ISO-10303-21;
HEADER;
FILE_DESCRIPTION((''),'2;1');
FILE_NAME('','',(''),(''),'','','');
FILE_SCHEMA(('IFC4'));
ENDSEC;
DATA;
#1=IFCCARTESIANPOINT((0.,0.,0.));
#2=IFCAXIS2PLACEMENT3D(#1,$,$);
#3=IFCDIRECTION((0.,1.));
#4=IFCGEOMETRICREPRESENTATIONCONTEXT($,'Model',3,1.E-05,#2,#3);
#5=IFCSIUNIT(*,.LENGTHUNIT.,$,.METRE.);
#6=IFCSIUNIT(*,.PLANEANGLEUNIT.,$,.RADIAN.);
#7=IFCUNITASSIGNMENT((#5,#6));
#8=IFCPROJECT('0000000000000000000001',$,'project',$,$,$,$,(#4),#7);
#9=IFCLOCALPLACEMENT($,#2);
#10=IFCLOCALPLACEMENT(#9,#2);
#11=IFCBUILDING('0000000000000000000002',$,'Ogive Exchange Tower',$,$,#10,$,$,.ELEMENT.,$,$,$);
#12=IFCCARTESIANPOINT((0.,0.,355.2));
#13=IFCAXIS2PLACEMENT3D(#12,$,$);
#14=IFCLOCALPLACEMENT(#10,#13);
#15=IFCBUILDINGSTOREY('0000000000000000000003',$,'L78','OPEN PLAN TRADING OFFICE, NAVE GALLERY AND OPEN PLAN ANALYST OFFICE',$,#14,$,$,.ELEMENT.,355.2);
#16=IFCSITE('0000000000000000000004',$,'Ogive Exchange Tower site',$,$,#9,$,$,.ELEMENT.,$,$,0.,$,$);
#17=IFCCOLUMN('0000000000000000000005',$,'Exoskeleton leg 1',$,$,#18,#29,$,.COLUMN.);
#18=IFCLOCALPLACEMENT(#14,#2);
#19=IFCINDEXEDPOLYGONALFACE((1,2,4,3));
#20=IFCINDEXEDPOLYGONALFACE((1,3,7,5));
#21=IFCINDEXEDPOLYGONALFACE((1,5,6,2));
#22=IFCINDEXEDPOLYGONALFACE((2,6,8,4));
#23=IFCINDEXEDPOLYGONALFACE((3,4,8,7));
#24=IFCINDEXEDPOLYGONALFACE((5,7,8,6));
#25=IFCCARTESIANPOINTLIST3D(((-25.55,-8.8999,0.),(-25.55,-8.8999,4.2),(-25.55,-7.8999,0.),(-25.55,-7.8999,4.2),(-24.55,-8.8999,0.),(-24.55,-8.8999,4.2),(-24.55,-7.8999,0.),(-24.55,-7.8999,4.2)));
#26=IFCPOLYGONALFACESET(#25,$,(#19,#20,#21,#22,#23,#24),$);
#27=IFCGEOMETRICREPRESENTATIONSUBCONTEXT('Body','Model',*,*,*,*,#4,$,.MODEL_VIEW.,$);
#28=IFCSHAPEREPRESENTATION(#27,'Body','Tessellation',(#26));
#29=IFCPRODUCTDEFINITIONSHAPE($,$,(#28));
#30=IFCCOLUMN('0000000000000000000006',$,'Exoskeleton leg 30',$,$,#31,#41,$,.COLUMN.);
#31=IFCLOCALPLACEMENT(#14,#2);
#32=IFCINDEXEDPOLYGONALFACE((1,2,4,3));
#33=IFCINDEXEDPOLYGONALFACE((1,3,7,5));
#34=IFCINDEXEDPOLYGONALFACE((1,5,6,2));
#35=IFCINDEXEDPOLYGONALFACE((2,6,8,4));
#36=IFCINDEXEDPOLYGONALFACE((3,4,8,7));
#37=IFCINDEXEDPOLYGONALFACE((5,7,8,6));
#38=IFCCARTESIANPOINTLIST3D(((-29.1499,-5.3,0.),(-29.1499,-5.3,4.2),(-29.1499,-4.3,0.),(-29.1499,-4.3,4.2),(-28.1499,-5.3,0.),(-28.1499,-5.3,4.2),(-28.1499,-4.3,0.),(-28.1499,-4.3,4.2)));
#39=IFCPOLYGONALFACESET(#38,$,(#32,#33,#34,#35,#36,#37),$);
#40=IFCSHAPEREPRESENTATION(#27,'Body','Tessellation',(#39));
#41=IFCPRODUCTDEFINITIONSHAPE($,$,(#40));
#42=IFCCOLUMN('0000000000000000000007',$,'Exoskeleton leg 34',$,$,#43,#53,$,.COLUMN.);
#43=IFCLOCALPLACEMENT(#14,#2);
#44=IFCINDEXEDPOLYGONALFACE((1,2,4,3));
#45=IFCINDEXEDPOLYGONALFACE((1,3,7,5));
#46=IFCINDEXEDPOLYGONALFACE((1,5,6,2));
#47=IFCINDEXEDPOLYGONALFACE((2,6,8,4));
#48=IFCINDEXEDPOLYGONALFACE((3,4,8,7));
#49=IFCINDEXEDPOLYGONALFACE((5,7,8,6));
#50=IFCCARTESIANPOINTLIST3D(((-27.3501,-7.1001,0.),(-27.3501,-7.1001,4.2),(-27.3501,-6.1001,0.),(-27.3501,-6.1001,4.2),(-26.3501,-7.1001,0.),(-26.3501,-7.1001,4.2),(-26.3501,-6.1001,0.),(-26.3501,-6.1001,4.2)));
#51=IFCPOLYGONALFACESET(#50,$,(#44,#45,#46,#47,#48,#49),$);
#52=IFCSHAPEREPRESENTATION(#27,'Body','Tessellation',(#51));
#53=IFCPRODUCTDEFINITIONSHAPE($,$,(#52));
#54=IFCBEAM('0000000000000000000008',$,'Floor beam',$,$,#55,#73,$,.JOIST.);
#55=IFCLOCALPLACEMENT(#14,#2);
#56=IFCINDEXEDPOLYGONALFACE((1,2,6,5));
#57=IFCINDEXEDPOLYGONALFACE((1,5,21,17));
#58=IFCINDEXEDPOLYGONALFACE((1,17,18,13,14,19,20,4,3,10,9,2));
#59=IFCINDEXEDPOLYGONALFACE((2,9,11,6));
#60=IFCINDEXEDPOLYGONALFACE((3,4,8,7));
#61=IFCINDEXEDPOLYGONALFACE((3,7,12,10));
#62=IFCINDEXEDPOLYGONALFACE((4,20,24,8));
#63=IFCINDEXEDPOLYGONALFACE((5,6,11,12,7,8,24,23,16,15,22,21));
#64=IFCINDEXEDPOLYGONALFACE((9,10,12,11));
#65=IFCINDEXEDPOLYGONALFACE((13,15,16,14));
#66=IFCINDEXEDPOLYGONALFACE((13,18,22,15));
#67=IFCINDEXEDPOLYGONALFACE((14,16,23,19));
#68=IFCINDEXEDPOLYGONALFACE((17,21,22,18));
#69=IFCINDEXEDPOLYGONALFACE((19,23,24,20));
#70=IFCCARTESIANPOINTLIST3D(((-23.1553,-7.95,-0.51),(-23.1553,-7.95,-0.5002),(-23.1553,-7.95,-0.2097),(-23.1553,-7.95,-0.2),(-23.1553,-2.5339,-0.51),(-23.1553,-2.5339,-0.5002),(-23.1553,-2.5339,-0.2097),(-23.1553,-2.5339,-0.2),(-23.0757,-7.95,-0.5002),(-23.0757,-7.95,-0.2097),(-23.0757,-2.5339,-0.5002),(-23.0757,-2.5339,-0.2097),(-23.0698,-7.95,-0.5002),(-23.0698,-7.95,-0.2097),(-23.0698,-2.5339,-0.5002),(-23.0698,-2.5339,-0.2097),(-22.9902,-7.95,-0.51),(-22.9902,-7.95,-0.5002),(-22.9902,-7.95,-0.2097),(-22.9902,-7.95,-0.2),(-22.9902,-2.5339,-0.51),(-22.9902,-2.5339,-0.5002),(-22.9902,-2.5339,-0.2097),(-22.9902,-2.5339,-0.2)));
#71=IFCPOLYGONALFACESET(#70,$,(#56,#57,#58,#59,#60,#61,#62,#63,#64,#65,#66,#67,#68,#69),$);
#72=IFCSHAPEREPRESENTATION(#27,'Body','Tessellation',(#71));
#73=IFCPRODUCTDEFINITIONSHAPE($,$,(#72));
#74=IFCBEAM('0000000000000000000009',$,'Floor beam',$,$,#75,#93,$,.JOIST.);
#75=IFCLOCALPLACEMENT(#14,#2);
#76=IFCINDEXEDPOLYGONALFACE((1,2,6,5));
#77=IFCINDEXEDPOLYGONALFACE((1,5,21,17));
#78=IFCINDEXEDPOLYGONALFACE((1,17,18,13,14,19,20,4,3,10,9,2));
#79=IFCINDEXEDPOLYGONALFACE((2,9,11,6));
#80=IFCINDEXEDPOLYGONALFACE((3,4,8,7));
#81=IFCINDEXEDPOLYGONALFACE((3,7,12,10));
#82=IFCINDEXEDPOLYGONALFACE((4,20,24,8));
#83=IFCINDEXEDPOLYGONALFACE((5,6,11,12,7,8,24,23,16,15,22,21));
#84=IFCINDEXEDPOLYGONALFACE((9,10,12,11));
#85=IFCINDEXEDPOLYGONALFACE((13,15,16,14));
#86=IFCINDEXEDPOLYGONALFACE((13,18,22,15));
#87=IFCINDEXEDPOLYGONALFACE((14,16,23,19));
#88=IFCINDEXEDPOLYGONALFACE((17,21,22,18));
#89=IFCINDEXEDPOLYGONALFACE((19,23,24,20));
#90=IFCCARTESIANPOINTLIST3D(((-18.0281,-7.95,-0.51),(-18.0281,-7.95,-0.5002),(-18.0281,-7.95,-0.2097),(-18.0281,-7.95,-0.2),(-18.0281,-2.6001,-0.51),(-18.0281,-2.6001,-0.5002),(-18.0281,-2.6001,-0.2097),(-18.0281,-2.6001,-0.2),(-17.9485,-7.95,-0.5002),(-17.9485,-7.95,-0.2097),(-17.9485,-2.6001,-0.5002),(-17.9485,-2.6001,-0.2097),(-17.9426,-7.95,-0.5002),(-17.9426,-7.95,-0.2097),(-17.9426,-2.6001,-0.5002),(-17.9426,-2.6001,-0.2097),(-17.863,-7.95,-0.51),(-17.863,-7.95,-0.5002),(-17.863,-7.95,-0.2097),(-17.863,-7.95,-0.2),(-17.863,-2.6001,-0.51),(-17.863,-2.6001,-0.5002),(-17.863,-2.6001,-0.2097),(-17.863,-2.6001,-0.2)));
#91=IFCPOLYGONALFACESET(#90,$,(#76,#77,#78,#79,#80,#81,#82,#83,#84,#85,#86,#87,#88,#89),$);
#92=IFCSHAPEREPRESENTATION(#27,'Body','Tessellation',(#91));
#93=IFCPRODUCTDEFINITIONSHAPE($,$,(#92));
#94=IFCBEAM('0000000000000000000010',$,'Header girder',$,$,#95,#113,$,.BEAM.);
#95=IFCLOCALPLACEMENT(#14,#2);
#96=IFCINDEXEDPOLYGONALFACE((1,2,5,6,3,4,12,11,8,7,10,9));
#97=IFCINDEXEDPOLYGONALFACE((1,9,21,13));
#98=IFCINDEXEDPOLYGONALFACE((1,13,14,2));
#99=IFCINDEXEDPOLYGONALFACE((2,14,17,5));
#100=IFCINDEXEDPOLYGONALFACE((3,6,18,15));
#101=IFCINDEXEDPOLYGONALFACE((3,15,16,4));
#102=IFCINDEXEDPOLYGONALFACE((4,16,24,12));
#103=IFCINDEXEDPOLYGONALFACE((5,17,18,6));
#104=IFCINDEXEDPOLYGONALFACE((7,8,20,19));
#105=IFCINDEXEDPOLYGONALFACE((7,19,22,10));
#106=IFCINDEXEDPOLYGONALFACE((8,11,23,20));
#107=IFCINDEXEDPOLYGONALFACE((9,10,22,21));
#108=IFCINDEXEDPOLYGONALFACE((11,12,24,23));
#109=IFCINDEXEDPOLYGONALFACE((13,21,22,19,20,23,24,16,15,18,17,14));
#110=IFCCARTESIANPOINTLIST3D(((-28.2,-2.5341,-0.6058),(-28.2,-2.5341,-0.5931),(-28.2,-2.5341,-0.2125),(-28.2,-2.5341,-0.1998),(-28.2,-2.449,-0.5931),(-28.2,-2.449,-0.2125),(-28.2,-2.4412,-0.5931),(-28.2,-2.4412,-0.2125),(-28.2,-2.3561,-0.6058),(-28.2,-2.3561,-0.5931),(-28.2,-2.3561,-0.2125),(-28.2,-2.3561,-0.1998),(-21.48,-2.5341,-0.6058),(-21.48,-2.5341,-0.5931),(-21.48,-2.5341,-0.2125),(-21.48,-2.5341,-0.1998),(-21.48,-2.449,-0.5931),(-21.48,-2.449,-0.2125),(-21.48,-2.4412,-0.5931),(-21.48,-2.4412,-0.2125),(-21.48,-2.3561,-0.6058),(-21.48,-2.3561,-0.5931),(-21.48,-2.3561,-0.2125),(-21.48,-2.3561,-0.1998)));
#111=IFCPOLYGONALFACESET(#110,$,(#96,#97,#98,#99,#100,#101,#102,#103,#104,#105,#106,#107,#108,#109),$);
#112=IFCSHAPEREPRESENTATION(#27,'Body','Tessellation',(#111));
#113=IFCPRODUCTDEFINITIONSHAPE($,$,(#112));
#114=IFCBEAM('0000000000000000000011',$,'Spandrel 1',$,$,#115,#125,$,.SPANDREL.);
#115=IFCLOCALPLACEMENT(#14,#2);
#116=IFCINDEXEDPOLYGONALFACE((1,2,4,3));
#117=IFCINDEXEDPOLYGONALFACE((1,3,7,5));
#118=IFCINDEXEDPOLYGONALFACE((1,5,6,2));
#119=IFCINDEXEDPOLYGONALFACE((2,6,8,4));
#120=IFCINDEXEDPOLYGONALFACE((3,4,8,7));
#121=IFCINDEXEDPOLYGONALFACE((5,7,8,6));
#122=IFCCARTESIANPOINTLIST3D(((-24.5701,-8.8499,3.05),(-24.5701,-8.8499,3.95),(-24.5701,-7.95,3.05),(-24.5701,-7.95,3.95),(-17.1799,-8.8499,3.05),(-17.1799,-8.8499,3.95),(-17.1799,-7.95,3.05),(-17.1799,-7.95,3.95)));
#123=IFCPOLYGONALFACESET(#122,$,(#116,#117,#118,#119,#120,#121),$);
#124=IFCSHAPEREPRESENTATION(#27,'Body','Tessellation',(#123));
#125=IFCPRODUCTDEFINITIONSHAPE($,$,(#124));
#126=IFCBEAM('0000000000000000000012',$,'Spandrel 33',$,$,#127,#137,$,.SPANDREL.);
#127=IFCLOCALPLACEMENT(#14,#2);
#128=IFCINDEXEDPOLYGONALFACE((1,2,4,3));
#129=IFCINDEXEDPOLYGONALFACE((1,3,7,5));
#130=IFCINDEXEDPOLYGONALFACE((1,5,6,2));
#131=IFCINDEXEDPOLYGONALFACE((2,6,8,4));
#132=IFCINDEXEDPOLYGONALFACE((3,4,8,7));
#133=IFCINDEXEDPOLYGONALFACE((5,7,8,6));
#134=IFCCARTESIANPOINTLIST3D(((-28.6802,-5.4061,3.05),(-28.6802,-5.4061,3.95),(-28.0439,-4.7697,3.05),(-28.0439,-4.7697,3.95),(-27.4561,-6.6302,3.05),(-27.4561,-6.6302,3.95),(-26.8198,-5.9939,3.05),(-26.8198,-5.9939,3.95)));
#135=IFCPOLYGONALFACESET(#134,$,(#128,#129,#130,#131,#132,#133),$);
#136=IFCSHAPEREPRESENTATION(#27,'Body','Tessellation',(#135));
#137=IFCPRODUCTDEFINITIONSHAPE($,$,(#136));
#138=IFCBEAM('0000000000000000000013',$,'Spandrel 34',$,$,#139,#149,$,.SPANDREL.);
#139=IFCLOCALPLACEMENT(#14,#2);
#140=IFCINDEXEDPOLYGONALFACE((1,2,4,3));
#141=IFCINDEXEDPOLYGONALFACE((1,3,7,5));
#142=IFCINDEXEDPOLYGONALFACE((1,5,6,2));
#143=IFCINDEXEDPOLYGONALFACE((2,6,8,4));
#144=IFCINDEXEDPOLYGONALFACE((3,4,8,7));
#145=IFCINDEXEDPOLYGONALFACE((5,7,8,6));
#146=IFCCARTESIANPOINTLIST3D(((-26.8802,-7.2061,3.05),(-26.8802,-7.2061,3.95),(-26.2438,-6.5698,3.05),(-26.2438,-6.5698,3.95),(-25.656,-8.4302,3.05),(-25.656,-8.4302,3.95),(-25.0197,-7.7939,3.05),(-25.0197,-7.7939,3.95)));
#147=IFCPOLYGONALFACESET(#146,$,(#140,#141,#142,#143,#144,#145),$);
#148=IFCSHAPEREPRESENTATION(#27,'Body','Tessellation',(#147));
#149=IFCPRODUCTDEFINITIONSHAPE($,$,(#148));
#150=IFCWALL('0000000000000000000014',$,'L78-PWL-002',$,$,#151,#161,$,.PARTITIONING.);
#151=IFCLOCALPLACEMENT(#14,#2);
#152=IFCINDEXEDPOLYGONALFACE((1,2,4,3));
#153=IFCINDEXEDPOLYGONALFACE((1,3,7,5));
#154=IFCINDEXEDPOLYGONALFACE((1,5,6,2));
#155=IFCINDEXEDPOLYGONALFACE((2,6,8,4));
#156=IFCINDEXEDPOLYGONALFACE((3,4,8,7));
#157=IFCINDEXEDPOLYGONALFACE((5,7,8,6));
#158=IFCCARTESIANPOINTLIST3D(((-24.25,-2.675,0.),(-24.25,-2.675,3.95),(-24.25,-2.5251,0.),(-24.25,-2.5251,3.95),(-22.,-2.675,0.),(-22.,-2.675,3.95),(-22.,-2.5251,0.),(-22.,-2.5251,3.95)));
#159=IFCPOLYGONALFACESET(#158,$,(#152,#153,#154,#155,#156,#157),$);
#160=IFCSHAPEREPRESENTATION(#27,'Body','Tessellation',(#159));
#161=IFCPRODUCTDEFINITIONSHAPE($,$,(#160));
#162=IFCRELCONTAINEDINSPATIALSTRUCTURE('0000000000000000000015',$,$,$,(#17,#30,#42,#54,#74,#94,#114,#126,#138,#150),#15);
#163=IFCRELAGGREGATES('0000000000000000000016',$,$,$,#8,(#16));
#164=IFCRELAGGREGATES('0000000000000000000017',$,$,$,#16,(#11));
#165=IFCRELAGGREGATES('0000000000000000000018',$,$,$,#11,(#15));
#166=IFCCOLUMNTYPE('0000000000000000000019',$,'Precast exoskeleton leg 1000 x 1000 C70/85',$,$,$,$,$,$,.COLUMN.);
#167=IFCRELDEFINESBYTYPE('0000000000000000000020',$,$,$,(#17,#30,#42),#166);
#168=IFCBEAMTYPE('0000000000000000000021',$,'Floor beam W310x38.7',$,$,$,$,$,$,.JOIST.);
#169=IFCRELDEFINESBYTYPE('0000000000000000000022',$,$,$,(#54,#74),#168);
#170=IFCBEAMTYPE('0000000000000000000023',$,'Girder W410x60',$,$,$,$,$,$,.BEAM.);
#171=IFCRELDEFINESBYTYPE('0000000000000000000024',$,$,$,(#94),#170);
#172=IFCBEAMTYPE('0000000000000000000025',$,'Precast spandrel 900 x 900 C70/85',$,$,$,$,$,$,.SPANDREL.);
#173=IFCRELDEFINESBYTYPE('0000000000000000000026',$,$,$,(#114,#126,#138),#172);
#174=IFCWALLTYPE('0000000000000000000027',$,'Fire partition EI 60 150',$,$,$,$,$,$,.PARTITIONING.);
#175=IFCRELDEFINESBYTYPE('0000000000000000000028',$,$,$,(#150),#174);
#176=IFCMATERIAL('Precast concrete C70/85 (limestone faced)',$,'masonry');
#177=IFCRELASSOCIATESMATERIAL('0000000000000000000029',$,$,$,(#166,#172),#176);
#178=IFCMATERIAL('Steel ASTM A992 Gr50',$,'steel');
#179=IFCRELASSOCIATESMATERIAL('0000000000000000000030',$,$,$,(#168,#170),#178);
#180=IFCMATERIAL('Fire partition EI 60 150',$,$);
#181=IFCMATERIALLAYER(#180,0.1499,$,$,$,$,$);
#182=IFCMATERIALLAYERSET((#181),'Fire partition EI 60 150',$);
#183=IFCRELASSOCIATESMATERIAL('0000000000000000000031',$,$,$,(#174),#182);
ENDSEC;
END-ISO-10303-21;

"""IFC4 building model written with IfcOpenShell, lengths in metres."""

from ifc_helpers import new_model, si_unit, direction, frame, frame_2d, origin, origin_2d, place, context, subcontext, project, spatial, rectangle, i_section, extrude, material, layer, layer_set, material_profile, profile_set, type_object, element, save


model = new_model("IFC4")

# Units and contexts
model_context = context("Model", 3, precision=1e-05, world=origin(), true_north=direction((0.0, 1.0)))
body_context = subcontext(model_context, "Body", "Model", "MODEL_VIEW")
ifc_project = project(units=[si_unit("LENGTHUNIT", "METRE"), si_unit("PLANEANGLEUNIT", "RADIAN")], contexts=[model_context])

# Site, building, storey
site_placement = place(None, origin())
site = spatial("IfcSite", under=ifc_project, at=site_placement, Name="Ogive Exchange Tower site", CompositionType="ELEMENT", RefElevation=0.0)
building_placement = place(site_placement, origin())
building = spatial("IfcBuilding", under=site, at=building_placement, Name="Ogive Exchange Tower", CompositionType="ELEMENT")
storey_placement = place(building_placement, frame((0.0, 0.0, 355.2)))
storey = spatial("IfcBuildingStorey", under=building, at=storey_placement, Name="L78", Description="OPEN PLAN TRADING OFFICE, NAVE GALLERY AND OPEN PLAN ANALYST OFFICE", CompositionType="ELEMENT", Elevation=355.2)

# Columns
ifc_material_1 = material(Name="Precast concrete C70/85 (limestone faced)", Category="masonry")
ifc_material_profile_1 = material_profile(ifc_material_1, rectangle(XDim=1.0, YDim=1.0, at=origin_2d()), Name="1000 x 1000")
ifc_profile_set_1 = profile_set([ifc_material_profile_1], Name="Precast concrete C70/85 (limestone faced)")
column_type = type_object("IfcColumnType", Name="Precast exoskeleton leg 1000 x 1000 C70/85", PredefinedType="COLUMN", material=ifc_profile_set_1)
for number, where, z_axis, x_axis, name in (
    (1, (-25.05, -8.3999, 0.0), (0.0, 0.0, 1.0), (1.0, 0.0, 0.0), "Exoskeleton leg 1"),
    (2, (-28.6499, -4.8, 0.0), (0.0, 0.0, 1.0), (1.0, 0.0, 0.0), "Exoskeleton leg 30"),
    (3, (-26.8501, -6.6001, 0.0), (0.0, 0.0, 1.0), (1.0, 0.0, 0.0), "Exoskeleton leg 34"),
):
    element("IfcColumn", number, at=place(storey_placement, frame(where, z_axis=z_axis, x_axis=x_axis)), inside=storey, type_object=column_type, Name=name, PredefinedType="COLUMN", context=body_context, shape_type="SweptSolid", body=[
        extrude(rectangle(XDim=1.0, YDim=1.0, at=origin_2d()), origin(), (0.0, 0.0, 1.0), 4.2),
    ])

# Beams
ifc_material_2 = material(Name="Steel ASTM A992 Gr50", Category="steel")
ifc_material_profile_2 = material_profile(ifc_material_2, i_section(OverallWidth=0.165, OverallDepth=0.3101, WebThickness=0.0059, FlangeThickness=0.0098, at=origin_2d()), Name="W310x38.7")
ifc_profile_set_2 = profile_set([ifc_material_profile_2], Name="Steel ASTM A992 Gr50")
beam_type_1 = type_object("IfcBeamType", Name="Floor beam W310x38.7", PredefinedType="JOIST", material=ifc_profile_set_2)
beam_1_placement = place(storey_placement, frame((-23.0728, -7.95, -0.355), z_axis=(0.0, 1.0, 0.0), x_axis=(-1.0, 0.0, 0.0)))
element("IfcBeam", 4, at=beam_1_placement, inside=storey, type_object=beam_type_1, Name="Floor beam", PredefinedType="JOIST", context=body_context, shape_type="SweptSolid", body=[
    extrude(i_section(OverallWidth=0.165, OverallDepth=0.3101, WebThickness=0.0059, FlangeThickness=0.0098, at=origin_2d()), origin(), (0.0, 0.0, 1.0), 5.416),
])
beam_2_placement = place(storey_placement, frame((-17.9456, -7.95, -0.355), z_axis=(0.0, 1.0, 0.0), x_axis=(-1.0, 0.0, 0.0)))
element("IfcBeam", 5, at=beam_2_placement, inside=storey, type_object=beam_type_1, Name="Floor beam", PredefinedType="JOIST", context=body_context, shape_type="SweptSolid", body=[
    extrude(i_section(OverallWidth=0.165, OverallDepth=0.3101, WebThickness=0.0059, FlangeThickness=0.0098, at=origin_2d()), origin(), (0.0, 0.0, 1.0), 5.3499),
])
ifc_material_profile_3 = material_profile(ifc_material_2, i_section(OverallWidth=0.178, OverallDepth=0.406, WebThickness=0.0078, FlangeThickness=0.0127, at=origin_2d()), Name="W410x60")
ifc_profile_set_3 = profile_set([ifc_material_profile_3], Name="Steel ASTM A992 Gr50")
beam_type_2 = type_object("IfcBeamType", Name="Girder W410x60", PredefinedType="BEAM", material=ifc_profile_set_3)
beam_3_placement = place(storey_placement, frame((-28.2, -2.4451, -0.4028), z_axis=(1.0, 0.0, 0.0), x_axis=(0.0, 1.0, 0.0)))
element("IfcBeam", 6, at=beam_3_placement, inside=storey, type_object=beam_type_2, Name="Header girder", PredefinedType="BEAM", context=body_context, shape_type="SweptSolid", body=[
    extrude(i_section(OverallWidth=0.178, OverallDepth=0.406, WebThickness=0.0078, FlangeThickness=0.0127, at=origin_2d()), origin(), (0.0, 0.0, 1.0), 6.72),
])
ifc_material_profile_4 = material_profile(ifc_material_1, rectangle(XDim=0.8999, YDim=0.8999, at=origin_2d()), Name="900 x 900")
ifc_profile_set_4 = profile_set([ifc_material_profile_4], Name="Precast concrete C70/85 (limestone faced)")
beam_type_3 = type_object("IfcBeamType", Name="Precast spandrel 900 x 900 C70/85", PredefinedType="SPANDREL", material=ifc_profile_set_4)
beam_4_placement = place(storey_placement, frame((-24.5701, -8.3999, 3.5), z_axis=(1.0, 0.0, 0.0), x_axis=(0.0, 1.0, 0.0)))
element("IfcBeam", 7, at=beam_4_placement, inside=storey, type_object=beam_type_3, Name="Spandrel 1", PredefinedType="SPANDREL", context=body_context, shape_type="SweptSolid", body=[
    extrude(rectangle(XDim=0.8999, YDim=0.8999, at=origin_2d()), origin(), (0.0, 0.0, 1.0), 7.3901),
])
for number, where, z_axis, x_axis, name in (
    (8, (-28.3621, -5.0879, 3.5), (0.707107, -0.707107, 0.0), (0.707107, 0.707107, 0.0), "Spandrel 33"),
    (9, (-26.562, -6.8879, 3.5), (0.707107, -0.707107, 0.0), (0.707107, 0.707107, 0.0), "Spandrel 34"),
):
    element("IfcBeam", number, at=place(storey_placement, frame(where, z_axis=z_axis, x_axis=x_axis)), inside=storey, type_object=beam_type_3, Name=name, PredefinedType="SPANDREL", context=body_context, shape_type="SweptSolid", body=[
        extrude(rectangle(XDim=0.8999, YDim=0.8999, at=origin_2d()), origin(), (0.0, 0.0, 1.0), 1.7312),
    ])

# Wall
ifc_material_3 = material(Name="Fire partition EI 60 150")
ifc_layer_1 = layer(ifc_material_3, 0.1499)
ifc_layer_set_1 = layer_set([ifc_layer_1], Name="Fire partition EI 60 150")
wall_type_1 = type_object("IfcWallType", Name="Fire partition EI 60 150", PredefinedType="PARTITIONING", material=ifc_layer_set_1)
wall_1_placement = place(storey_placement, frame((-24.25, -2.6001, 0.0), z_axis=(0.0, 0.0, 1.0), x_axis=(1.0, 0.0, 0.0)))
element("IfcWall", 10, at=wall_1_placement, inside=storey, type_object=wall_type_1, Name="L78-PWL-002", PredefinedType="PARTITIONING", context=body_context, shape_type="SweptSolid", body=[
    extrude(rectangle(XDim=2.25, YDim=0.1499, at=frame_2d((1.125, 0.0))), origin(), (0.0, 0.0, 1.0), 3.95),
])

save(model, "model.ifc")
